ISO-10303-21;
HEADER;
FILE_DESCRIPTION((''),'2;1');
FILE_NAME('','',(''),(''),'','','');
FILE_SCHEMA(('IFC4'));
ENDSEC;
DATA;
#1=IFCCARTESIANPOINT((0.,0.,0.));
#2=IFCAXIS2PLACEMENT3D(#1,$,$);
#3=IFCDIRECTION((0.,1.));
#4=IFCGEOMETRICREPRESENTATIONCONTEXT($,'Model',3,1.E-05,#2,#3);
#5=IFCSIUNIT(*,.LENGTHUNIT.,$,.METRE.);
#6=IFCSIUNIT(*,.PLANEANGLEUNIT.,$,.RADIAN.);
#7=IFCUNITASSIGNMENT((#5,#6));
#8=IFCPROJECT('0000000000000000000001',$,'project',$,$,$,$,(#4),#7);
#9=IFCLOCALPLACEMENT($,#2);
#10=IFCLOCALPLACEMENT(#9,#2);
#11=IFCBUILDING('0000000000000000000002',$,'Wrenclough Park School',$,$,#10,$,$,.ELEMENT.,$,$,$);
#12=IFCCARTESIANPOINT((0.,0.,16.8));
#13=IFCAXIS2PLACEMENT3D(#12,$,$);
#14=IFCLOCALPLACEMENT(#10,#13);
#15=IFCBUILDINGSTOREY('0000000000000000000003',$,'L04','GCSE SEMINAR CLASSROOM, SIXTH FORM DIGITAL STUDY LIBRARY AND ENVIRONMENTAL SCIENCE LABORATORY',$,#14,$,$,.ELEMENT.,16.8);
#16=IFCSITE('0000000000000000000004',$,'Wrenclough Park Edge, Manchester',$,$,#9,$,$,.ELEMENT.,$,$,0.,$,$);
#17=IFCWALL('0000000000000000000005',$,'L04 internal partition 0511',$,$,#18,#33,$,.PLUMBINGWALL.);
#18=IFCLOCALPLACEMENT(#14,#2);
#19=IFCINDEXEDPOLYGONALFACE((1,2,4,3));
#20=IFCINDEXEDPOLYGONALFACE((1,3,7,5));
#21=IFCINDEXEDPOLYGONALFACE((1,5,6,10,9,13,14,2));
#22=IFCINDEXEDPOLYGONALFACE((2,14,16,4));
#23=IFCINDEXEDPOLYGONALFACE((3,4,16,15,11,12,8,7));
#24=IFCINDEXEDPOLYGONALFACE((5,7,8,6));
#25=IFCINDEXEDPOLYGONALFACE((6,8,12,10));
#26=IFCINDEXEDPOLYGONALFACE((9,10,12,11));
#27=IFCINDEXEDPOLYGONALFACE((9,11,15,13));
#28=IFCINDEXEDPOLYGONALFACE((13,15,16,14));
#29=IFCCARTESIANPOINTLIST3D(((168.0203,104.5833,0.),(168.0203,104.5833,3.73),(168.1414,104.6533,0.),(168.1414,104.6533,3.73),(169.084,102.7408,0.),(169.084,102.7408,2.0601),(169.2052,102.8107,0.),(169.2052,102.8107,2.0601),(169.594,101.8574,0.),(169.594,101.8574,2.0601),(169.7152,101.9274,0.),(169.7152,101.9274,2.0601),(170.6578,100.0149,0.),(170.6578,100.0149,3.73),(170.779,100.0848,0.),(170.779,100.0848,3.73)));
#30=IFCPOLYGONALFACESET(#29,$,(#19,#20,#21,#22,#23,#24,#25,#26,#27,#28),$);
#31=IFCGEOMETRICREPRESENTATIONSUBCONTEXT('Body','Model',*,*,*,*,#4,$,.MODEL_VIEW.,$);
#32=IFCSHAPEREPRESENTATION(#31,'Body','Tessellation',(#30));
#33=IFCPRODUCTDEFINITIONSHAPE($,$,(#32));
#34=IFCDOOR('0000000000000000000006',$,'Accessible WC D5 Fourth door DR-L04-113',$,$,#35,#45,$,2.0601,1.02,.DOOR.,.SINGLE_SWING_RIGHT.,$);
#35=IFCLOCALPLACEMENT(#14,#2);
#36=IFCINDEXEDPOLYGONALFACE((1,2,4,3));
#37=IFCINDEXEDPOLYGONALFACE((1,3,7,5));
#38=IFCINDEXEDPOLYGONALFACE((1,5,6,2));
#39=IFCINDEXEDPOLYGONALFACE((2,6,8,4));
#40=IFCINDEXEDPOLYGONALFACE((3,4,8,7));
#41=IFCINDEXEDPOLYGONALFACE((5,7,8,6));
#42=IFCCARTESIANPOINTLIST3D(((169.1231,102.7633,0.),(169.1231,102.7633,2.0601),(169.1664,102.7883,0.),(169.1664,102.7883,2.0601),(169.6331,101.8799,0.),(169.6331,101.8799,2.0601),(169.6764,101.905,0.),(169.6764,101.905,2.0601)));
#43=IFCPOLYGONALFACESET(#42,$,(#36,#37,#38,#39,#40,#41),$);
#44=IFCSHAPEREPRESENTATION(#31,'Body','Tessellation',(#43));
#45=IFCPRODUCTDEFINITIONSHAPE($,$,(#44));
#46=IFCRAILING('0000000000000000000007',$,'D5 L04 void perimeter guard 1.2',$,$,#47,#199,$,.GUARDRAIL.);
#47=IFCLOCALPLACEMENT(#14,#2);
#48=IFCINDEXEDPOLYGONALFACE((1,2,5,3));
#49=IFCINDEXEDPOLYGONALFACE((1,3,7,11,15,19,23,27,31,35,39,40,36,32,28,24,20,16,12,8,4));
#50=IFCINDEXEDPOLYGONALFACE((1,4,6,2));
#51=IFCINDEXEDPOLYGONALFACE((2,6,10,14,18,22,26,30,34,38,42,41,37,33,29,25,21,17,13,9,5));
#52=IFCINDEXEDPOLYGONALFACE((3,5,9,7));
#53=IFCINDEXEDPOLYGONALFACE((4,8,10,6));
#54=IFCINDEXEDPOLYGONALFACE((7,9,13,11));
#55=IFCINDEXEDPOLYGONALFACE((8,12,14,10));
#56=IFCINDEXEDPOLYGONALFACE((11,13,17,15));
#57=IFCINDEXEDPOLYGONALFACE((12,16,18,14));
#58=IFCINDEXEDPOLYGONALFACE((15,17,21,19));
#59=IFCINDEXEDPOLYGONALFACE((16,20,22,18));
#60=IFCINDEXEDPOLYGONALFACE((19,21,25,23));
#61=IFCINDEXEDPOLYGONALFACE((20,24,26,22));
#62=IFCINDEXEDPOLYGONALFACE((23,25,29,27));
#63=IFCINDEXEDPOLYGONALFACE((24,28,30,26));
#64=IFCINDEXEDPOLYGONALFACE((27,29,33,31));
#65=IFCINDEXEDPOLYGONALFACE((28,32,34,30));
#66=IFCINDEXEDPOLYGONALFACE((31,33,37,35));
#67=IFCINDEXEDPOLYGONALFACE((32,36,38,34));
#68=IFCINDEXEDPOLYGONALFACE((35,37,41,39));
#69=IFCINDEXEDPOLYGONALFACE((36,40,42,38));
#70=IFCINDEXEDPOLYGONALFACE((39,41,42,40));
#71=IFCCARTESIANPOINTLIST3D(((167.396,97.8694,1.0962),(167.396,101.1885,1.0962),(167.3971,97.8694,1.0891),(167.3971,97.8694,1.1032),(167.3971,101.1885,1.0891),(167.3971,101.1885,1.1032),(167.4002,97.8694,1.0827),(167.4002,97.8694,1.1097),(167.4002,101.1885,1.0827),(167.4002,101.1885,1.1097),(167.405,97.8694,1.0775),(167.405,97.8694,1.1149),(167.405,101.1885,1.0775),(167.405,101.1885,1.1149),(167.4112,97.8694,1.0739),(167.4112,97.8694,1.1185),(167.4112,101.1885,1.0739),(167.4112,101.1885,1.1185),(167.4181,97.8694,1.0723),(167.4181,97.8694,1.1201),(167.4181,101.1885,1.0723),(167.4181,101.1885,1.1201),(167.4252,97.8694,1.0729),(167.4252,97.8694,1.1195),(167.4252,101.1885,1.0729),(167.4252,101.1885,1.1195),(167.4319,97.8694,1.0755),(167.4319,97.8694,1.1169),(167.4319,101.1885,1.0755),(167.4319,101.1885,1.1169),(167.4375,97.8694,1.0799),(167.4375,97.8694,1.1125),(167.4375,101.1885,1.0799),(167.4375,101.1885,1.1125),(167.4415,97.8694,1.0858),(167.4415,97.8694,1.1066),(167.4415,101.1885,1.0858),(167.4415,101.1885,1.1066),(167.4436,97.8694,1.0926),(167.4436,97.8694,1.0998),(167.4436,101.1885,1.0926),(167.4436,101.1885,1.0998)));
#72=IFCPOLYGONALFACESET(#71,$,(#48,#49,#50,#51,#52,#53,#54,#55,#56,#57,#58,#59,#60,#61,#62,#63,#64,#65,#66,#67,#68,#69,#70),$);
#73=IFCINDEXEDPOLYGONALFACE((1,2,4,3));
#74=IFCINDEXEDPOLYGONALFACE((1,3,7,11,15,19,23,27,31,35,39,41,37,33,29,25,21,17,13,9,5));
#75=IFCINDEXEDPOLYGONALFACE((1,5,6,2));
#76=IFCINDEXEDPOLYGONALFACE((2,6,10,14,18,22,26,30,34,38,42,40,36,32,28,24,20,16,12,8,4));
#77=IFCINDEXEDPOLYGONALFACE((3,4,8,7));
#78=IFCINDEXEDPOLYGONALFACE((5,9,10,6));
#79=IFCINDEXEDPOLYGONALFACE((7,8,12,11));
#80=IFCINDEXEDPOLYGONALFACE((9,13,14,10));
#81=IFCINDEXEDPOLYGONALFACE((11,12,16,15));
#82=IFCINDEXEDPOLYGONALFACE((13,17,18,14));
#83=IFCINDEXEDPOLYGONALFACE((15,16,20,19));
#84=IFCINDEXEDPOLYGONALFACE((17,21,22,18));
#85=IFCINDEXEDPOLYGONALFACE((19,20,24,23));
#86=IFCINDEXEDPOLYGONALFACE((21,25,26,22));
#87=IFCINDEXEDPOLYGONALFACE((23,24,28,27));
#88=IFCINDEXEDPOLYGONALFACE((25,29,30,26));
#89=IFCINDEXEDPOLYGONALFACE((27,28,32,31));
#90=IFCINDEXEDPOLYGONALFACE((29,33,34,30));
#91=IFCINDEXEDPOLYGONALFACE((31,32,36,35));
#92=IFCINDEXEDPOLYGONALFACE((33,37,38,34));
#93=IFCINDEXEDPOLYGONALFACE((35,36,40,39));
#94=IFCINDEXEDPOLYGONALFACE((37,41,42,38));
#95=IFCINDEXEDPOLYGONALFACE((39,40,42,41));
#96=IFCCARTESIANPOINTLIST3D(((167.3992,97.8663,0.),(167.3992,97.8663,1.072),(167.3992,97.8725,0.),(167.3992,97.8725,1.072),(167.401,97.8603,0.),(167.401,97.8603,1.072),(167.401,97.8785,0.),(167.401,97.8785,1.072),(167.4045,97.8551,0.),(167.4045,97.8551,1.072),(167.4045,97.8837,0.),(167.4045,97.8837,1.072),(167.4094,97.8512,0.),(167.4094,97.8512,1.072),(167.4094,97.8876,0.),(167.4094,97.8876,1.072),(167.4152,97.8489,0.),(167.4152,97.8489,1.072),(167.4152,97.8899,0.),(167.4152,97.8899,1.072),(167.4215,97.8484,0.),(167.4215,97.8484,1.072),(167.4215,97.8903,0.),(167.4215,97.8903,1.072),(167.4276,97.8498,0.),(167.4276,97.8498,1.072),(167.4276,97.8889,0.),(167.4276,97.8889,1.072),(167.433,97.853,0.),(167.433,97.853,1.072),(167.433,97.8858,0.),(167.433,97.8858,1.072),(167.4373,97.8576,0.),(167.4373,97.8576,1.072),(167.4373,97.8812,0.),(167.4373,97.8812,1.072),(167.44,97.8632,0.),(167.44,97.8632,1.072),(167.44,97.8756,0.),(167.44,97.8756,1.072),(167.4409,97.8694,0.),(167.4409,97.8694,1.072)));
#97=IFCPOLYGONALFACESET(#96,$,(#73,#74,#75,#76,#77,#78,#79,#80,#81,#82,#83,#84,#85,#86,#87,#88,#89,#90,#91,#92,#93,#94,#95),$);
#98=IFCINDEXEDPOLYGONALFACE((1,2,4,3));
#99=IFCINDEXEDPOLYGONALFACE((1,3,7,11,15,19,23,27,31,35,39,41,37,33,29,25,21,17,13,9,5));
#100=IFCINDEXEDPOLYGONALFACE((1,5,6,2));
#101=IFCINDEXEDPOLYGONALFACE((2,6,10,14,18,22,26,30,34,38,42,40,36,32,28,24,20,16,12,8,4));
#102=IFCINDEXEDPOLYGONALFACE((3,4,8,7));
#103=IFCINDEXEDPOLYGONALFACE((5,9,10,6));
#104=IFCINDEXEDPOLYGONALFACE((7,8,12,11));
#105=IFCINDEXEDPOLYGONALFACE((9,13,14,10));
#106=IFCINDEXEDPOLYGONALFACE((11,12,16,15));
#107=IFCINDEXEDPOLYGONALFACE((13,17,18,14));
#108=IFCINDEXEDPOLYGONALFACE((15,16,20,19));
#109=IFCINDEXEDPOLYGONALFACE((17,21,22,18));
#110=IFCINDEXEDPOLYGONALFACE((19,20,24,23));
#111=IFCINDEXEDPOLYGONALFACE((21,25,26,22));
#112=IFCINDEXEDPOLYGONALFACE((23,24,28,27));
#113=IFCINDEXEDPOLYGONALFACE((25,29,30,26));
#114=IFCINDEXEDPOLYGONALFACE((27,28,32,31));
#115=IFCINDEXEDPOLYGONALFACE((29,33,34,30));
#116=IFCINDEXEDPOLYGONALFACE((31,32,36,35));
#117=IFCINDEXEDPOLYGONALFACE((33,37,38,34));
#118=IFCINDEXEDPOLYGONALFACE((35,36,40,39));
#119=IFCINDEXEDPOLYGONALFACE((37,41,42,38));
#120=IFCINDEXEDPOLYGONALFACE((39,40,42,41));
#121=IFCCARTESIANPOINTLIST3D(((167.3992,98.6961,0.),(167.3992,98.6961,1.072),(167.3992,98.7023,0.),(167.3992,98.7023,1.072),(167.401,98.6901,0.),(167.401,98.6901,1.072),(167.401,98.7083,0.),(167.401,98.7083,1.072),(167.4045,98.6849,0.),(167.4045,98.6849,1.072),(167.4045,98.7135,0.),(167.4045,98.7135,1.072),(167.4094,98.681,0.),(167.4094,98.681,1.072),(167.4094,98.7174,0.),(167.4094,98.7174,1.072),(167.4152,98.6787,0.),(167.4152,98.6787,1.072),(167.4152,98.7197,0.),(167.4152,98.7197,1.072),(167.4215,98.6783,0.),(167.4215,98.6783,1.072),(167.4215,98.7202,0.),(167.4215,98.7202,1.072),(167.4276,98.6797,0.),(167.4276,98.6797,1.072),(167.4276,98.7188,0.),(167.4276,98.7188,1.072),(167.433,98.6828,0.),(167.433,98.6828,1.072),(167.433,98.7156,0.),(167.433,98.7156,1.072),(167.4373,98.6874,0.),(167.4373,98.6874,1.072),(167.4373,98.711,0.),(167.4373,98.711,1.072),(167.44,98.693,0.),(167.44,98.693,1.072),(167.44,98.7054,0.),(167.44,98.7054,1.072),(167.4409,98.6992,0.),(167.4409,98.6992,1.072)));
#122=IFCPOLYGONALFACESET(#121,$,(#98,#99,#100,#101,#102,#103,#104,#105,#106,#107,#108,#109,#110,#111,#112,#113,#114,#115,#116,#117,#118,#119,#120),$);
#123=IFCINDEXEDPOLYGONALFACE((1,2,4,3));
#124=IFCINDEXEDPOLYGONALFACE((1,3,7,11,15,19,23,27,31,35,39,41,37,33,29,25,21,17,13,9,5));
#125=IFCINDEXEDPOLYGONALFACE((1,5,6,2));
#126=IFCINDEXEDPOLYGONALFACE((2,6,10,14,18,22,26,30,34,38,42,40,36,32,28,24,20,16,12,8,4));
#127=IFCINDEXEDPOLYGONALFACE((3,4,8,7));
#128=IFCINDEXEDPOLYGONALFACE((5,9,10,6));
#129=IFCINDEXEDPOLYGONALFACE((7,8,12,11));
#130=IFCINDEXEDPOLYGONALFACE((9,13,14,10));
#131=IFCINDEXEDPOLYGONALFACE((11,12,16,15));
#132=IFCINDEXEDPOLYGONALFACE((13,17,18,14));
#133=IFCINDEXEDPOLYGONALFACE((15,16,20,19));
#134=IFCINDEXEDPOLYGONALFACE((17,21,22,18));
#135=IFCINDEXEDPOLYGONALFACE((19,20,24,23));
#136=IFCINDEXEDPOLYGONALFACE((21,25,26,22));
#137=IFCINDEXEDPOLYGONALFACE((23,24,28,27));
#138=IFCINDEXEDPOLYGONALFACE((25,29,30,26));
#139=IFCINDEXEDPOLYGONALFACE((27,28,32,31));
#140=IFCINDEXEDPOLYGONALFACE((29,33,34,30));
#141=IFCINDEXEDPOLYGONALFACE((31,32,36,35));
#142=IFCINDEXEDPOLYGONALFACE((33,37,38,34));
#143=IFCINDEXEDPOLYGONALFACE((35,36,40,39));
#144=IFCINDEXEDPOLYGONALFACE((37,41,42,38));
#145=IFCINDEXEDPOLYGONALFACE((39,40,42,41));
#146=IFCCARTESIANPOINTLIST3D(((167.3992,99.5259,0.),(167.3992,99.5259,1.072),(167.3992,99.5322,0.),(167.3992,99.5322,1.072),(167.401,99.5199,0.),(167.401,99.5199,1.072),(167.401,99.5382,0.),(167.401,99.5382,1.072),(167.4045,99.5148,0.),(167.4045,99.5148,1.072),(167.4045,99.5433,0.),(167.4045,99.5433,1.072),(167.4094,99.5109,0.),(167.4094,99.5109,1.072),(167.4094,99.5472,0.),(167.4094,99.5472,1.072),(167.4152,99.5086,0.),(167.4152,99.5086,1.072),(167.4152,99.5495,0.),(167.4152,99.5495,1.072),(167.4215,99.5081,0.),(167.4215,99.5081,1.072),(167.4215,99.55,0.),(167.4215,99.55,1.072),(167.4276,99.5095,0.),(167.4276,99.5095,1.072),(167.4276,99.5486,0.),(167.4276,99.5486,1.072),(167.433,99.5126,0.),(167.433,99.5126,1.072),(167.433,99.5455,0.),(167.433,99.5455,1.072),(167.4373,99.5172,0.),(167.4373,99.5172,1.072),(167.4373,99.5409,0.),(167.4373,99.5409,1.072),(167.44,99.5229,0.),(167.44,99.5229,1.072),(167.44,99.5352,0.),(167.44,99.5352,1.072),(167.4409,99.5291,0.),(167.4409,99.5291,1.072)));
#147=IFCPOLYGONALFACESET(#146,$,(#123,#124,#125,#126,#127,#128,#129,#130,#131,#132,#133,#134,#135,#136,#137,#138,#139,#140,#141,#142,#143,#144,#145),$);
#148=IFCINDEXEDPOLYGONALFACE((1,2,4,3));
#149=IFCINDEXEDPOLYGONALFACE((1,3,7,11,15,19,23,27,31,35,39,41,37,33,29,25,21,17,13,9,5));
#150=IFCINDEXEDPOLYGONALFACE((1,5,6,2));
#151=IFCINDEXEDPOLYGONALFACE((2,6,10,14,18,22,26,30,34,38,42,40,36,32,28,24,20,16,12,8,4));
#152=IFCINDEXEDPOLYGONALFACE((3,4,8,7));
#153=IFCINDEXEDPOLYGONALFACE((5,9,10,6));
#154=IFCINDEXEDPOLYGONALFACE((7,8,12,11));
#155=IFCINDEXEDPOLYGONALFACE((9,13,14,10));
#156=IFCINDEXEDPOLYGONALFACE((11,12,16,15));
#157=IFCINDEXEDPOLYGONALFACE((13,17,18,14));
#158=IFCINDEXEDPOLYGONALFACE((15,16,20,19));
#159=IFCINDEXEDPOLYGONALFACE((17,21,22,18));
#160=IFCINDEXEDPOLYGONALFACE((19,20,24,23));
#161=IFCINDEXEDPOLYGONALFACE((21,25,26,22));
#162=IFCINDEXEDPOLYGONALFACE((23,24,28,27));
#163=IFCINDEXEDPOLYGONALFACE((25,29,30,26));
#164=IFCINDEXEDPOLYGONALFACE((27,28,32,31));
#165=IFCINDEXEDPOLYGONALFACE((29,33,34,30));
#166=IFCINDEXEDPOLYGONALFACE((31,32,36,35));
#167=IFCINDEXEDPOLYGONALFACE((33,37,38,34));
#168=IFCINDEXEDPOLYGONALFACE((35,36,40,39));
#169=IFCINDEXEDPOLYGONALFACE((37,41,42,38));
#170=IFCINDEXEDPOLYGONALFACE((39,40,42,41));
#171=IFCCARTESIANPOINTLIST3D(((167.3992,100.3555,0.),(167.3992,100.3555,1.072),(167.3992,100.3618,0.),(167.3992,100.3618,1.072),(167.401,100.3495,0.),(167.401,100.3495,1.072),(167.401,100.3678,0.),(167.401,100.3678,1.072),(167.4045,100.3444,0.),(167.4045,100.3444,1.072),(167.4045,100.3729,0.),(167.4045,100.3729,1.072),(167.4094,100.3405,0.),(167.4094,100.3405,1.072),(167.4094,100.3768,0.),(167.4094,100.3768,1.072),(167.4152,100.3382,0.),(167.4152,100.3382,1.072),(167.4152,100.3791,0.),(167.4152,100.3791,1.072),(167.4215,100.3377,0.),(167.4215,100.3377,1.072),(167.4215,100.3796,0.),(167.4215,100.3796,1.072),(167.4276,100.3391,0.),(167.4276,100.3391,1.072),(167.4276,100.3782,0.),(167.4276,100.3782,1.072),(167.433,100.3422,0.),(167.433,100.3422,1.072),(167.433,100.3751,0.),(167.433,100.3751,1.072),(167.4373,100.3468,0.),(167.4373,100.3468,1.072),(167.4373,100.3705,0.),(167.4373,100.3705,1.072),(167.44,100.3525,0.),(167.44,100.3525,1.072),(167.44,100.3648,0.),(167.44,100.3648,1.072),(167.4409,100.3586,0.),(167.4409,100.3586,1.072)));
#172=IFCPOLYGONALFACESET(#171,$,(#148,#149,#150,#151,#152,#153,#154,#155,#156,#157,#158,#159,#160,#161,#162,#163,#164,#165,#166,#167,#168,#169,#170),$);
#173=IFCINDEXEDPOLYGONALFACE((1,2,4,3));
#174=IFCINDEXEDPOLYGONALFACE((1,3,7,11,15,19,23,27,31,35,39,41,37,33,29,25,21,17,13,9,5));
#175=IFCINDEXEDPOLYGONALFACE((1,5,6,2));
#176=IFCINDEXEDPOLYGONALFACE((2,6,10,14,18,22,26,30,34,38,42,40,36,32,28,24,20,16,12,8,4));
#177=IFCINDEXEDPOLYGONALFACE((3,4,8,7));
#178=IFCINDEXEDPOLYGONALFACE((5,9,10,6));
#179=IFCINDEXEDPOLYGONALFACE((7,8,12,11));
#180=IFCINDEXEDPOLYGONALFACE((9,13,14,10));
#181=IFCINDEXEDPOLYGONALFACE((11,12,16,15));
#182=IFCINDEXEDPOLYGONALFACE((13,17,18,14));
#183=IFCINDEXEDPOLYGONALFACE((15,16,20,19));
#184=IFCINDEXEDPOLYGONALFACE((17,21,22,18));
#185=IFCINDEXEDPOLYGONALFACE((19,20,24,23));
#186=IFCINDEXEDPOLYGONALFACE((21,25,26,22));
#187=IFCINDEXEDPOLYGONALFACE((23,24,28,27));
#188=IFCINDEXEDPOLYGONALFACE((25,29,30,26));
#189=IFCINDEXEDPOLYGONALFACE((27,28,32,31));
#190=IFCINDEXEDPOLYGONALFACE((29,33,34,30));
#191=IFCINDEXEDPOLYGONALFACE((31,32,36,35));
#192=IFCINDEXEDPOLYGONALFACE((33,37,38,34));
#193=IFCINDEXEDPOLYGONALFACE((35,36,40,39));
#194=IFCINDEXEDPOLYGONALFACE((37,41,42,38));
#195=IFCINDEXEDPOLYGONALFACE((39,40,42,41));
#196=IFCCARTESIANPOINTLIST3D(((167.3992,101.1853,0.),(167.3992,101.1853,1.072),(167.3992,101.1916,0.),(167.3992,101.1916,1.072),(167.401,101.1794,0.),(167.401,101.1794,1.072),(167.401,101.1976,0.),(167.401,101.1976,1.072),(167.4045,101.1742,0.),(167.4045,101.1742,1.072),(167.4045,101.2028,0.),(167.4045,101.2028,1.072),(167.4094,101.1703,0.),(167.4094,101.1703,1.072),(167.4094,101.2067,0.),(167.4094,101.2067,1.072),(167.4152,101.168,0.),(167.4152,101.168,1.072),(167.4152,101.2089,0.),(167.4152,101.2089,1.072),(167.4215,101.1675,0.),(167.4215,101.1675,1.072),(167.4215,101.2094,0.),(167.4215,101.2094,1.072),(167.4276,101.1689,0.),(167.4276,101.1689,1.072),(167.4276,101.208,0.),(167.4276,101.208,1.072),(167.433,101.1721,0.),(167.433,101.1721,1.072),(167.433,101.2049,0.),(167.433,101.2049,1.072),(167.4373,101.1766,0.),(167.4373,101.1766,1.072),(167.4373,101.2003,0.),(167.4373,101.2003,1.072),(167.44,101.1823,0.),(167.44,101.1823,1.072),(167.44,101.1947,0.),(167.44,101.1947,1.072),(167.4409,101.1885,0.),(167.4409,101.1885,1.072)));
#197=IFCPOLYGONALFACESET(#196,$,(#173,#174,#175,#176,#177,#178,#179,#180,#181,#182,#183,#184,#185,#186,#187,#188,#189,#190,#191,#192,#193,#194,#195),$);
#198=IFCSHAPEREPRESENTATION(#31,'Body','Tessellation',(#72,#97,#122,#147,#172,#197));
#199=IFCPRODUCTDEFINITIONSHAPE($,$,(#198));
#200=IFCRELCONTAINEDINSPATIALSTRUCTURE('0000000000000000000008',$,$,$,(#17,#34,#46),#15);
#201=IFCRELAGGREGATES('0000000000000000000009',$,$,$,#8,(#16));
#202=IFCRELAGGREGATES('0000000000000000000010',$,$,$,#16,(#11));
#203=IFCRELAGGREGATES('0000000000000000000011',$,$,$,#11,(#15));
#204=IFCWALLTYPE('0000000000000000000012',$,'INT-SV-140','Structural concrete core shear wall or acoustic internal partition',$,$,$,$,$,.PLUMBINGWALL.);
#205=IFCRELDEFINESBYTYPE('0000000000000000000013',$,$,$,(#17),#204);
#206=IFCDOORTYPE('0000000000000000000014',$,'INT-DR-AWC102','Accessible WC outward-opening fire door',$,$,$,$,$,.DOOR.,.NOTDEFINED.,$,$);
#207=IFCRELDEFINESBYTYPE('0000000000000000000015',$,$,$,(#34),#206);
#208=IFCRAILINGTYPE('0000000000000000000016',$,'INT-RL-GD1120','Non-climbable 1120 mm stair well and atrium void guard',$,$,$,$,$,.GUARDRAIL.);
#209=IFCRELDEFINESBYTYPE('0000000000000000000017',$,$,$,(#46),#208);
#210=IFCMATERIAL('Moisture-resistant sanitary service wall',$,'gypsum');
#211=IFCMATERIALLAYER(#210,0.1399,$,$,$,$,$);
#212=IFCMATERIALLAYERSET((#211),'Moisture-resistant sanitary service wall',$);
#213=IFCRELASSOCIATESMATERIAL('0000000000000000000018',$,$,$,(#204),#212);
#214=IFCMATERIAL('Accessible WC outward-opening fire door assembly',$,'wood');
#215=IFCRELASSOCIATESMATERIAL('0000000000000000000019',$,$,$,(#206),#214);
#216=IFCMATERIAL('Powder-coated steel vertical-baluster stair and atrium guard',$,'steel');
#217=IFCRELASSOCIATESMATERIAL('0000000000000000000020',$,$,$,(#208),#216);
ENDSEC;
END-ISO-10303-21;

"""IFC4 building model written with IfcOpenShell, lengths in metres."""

from ifc_helpers import new_model, si_unit, direction, frame, frame_2d, origin, origin_2d, place, context, subcontext, project, spatial, rectangle, circle, extrude, material, layer, layer_set, type_object, element, fill, save


model = new_model("IFC4")

# Units and contexts
model_context = context("Model", 3, precision=1e-05, world=origin(), true_north=direction((0.0, 1.0)))
body_context = subcontext(model_context, "Body", "Model", "MODEL_VIEW")
ifc_project = project(units=[si_unit("LENGTHUNIT", "METRE"), si_unit("PLANEANGLEUNIT", "RADIAN")], contexts=[model_context])

# Site, building, storey
site_placement = place(None, origin())
site = spatial("IfcSite", under=ifc_project, at=site_placement, Name="Wrenclough Park Edge, Manchester", CompositionType="ELEMENT", RefElevation=0.0)
building_placement = place(site_placement, origin())
building = spatial("IfcBuilding", under=site, at=building_placement, Name="Wrenclough Park School", CompositionType="ELEMENT")
storey_placement = place(building_placement, frame((0.0, 0.0, 16.8)))
storey = spatial("IfcBuildingStorey", under=building, at=storey_placement, Name="L04", Description="GCSE SEMINAR CLASSROOM, SIXTH FORM DIGITAL STUDY LIBRARY AND ENVIRONMENTAL SCIENCE LABORATORY", CompositionType="ELEMENT", Elevation=16.8)

# Wall, opening, door
ifc_material_1 = material(Name="Moisture-resistant sanitary service wall", Category="gypsum")
ifc_layer_1 = layer(ifc_material_1, 0.1399)
ifc_layer_set_1 = layer_set([ifc_layer_1], Name="Moisture-resistant sanitary service wall")
wall_type_1 = type_object("IfcWallType", Name="INT-SV-140", Description="Structural concrete core shear wall or acoustic internal partition", PredefinedType="PLUMBINGWALL", material=ifc_layer_set_1)
wall_1_placement = place(storey_placement, frame((168.0808, 104.6184, 0.0), z_axis=(0.0, 0.0, 1.0), x_axis=(0.499987, -0.866033, 0.0)))
wall_1 = element("IfcWall", 1, at=wall_1_placement, inside=storey, type_object=wall_type_1, Name="L04 internal partition 0511", PredefinedType="PLUMBINGWALL", context=body_context, shape_type="SweptSolid", body=[
    extrude(rectangle(XDim=5.2751, YDim=0.1399, at=frame_2d((2.6377, 0.0))), origin(), (0.0, 0.0, 1.0), 3.73),
])
opening_1_placement = place(wall_1_placement, frame((2.1277, 0.0, 0.0)))
opening_1 = element("IfcOpeningElement", 2, at=opening_1_placement, cuts=wall_1, PredefinedType="OPENING", context=body_context, shape_type="SweptSolid", body=[
    extrude(rectangle(XDim=1.02, YDim=2.0601, at=frame_2d((0.51, 1.03))), frame((0.0, 0.0798, 0.0), z_axis=(0.0, -1.0, 0.0), x_axis=(1.0, 0.0, 0.0)), (0.0, 0.0, 1.0), 0.1599),
])
ifc_material_2 = material(Name="Accessible WC outward-opening fire door assembly", Category="wood")
door_type = type_object("IfcDoorType", Name="INT-DR-AWC102", Description="Accessible WC outward-opening fire door", OperationType="NOTDEFINED", PredefinedType="DOOR", material=ifc_material_2)
door_placement = place(opening_1_placement, frame((1.02, 0.0, 0.0), z_axis=(0.0, 0.0, 1.0), x_axis=(-1.0, 0.0, 0.0)))
door = element("IfcDoor", 3, at=door_placement, inside=storey, type_object=door_type, Name="Accessible WC D5 Fourth door DR-L04-113", OperationType="SINGLE_SWING_RIGHT", OverallHeight=2.0601, OverallWidth=1.02, PredefinedType="DOOR", context=body_context, shape_type="SweptSolid", body=[
    extrude(rectangle(XDim=1.02, YDim=2.0601, at=frame_2d((0.51, 1.03))), frame((0.0, 0.0249, 0.0), z_axis=(0.0, -1.0, 0.0), x_axis=(1.0, 0.0, 0.0)), (0.0, 0.0, 1.0), 0.05),
])
fill(opening_1, door)

# Railing
ifc_material_3 = material(Name="Powder-coated steel vertical-baluster stair and atrium guard", Category="steel")
railing_type = type_object("IfcRailingType", Name="INT-RL-GD1120", Description="Non-climbable 1120 mm stair well and atrium void guard", PredefinedType="GUARDRAIL", material=ifc_material_3)
railing_1_placement = place(storey_placement, frame((167.4199, 97.8694, 0.0)))
element("IfcRailing", 4, at=railing_1_placement, inside=storey, type_object=railing_type, Name="D5 L04 void perimeter guard 1.2", PredefinedType="GUARDRAIL", context=body_context, shape_type="SweptSolid", body=[
    extrude(circle(Radius=0.0239, at=origin_2d()), frame((0.0, 0.0, 1.0962), z_axis=(0.0, 1.0, 0.0), x_axis=(-1.0, 0.0, 0.0)), (0.0, 0.0, 1.0), 3.3191),
    extrude(circle(Radius=0.021, at=origin_2d()), origin(), (0.0, 0.0, 1.0), 1.072),
    extrude(circle(Radius=0.021, at=origin_2d()), frame((0.0, 0.8298, 0.0)), (0.0, 0.0, 1.0), 1.072),
    extrude(circle(Radius=0.021, at=origin_2d()), frame((0.0, 1.6597, 0.0)), (0.0, 0.0, 1.0), 1.072),
    extrude(circle(Radius=0.021, at=origin_2d()), frame((0.0, 2.4893, 0.0)), (0.0, 0.0, 1.0), 1.072),
    extrude(circle(Radius=0.021, at=origin_2d()), frame((0.0, 3.3191, 0.0)), (0.0, 0.0, 1.0), 1.072),
])

save(model, "model.ifc")
